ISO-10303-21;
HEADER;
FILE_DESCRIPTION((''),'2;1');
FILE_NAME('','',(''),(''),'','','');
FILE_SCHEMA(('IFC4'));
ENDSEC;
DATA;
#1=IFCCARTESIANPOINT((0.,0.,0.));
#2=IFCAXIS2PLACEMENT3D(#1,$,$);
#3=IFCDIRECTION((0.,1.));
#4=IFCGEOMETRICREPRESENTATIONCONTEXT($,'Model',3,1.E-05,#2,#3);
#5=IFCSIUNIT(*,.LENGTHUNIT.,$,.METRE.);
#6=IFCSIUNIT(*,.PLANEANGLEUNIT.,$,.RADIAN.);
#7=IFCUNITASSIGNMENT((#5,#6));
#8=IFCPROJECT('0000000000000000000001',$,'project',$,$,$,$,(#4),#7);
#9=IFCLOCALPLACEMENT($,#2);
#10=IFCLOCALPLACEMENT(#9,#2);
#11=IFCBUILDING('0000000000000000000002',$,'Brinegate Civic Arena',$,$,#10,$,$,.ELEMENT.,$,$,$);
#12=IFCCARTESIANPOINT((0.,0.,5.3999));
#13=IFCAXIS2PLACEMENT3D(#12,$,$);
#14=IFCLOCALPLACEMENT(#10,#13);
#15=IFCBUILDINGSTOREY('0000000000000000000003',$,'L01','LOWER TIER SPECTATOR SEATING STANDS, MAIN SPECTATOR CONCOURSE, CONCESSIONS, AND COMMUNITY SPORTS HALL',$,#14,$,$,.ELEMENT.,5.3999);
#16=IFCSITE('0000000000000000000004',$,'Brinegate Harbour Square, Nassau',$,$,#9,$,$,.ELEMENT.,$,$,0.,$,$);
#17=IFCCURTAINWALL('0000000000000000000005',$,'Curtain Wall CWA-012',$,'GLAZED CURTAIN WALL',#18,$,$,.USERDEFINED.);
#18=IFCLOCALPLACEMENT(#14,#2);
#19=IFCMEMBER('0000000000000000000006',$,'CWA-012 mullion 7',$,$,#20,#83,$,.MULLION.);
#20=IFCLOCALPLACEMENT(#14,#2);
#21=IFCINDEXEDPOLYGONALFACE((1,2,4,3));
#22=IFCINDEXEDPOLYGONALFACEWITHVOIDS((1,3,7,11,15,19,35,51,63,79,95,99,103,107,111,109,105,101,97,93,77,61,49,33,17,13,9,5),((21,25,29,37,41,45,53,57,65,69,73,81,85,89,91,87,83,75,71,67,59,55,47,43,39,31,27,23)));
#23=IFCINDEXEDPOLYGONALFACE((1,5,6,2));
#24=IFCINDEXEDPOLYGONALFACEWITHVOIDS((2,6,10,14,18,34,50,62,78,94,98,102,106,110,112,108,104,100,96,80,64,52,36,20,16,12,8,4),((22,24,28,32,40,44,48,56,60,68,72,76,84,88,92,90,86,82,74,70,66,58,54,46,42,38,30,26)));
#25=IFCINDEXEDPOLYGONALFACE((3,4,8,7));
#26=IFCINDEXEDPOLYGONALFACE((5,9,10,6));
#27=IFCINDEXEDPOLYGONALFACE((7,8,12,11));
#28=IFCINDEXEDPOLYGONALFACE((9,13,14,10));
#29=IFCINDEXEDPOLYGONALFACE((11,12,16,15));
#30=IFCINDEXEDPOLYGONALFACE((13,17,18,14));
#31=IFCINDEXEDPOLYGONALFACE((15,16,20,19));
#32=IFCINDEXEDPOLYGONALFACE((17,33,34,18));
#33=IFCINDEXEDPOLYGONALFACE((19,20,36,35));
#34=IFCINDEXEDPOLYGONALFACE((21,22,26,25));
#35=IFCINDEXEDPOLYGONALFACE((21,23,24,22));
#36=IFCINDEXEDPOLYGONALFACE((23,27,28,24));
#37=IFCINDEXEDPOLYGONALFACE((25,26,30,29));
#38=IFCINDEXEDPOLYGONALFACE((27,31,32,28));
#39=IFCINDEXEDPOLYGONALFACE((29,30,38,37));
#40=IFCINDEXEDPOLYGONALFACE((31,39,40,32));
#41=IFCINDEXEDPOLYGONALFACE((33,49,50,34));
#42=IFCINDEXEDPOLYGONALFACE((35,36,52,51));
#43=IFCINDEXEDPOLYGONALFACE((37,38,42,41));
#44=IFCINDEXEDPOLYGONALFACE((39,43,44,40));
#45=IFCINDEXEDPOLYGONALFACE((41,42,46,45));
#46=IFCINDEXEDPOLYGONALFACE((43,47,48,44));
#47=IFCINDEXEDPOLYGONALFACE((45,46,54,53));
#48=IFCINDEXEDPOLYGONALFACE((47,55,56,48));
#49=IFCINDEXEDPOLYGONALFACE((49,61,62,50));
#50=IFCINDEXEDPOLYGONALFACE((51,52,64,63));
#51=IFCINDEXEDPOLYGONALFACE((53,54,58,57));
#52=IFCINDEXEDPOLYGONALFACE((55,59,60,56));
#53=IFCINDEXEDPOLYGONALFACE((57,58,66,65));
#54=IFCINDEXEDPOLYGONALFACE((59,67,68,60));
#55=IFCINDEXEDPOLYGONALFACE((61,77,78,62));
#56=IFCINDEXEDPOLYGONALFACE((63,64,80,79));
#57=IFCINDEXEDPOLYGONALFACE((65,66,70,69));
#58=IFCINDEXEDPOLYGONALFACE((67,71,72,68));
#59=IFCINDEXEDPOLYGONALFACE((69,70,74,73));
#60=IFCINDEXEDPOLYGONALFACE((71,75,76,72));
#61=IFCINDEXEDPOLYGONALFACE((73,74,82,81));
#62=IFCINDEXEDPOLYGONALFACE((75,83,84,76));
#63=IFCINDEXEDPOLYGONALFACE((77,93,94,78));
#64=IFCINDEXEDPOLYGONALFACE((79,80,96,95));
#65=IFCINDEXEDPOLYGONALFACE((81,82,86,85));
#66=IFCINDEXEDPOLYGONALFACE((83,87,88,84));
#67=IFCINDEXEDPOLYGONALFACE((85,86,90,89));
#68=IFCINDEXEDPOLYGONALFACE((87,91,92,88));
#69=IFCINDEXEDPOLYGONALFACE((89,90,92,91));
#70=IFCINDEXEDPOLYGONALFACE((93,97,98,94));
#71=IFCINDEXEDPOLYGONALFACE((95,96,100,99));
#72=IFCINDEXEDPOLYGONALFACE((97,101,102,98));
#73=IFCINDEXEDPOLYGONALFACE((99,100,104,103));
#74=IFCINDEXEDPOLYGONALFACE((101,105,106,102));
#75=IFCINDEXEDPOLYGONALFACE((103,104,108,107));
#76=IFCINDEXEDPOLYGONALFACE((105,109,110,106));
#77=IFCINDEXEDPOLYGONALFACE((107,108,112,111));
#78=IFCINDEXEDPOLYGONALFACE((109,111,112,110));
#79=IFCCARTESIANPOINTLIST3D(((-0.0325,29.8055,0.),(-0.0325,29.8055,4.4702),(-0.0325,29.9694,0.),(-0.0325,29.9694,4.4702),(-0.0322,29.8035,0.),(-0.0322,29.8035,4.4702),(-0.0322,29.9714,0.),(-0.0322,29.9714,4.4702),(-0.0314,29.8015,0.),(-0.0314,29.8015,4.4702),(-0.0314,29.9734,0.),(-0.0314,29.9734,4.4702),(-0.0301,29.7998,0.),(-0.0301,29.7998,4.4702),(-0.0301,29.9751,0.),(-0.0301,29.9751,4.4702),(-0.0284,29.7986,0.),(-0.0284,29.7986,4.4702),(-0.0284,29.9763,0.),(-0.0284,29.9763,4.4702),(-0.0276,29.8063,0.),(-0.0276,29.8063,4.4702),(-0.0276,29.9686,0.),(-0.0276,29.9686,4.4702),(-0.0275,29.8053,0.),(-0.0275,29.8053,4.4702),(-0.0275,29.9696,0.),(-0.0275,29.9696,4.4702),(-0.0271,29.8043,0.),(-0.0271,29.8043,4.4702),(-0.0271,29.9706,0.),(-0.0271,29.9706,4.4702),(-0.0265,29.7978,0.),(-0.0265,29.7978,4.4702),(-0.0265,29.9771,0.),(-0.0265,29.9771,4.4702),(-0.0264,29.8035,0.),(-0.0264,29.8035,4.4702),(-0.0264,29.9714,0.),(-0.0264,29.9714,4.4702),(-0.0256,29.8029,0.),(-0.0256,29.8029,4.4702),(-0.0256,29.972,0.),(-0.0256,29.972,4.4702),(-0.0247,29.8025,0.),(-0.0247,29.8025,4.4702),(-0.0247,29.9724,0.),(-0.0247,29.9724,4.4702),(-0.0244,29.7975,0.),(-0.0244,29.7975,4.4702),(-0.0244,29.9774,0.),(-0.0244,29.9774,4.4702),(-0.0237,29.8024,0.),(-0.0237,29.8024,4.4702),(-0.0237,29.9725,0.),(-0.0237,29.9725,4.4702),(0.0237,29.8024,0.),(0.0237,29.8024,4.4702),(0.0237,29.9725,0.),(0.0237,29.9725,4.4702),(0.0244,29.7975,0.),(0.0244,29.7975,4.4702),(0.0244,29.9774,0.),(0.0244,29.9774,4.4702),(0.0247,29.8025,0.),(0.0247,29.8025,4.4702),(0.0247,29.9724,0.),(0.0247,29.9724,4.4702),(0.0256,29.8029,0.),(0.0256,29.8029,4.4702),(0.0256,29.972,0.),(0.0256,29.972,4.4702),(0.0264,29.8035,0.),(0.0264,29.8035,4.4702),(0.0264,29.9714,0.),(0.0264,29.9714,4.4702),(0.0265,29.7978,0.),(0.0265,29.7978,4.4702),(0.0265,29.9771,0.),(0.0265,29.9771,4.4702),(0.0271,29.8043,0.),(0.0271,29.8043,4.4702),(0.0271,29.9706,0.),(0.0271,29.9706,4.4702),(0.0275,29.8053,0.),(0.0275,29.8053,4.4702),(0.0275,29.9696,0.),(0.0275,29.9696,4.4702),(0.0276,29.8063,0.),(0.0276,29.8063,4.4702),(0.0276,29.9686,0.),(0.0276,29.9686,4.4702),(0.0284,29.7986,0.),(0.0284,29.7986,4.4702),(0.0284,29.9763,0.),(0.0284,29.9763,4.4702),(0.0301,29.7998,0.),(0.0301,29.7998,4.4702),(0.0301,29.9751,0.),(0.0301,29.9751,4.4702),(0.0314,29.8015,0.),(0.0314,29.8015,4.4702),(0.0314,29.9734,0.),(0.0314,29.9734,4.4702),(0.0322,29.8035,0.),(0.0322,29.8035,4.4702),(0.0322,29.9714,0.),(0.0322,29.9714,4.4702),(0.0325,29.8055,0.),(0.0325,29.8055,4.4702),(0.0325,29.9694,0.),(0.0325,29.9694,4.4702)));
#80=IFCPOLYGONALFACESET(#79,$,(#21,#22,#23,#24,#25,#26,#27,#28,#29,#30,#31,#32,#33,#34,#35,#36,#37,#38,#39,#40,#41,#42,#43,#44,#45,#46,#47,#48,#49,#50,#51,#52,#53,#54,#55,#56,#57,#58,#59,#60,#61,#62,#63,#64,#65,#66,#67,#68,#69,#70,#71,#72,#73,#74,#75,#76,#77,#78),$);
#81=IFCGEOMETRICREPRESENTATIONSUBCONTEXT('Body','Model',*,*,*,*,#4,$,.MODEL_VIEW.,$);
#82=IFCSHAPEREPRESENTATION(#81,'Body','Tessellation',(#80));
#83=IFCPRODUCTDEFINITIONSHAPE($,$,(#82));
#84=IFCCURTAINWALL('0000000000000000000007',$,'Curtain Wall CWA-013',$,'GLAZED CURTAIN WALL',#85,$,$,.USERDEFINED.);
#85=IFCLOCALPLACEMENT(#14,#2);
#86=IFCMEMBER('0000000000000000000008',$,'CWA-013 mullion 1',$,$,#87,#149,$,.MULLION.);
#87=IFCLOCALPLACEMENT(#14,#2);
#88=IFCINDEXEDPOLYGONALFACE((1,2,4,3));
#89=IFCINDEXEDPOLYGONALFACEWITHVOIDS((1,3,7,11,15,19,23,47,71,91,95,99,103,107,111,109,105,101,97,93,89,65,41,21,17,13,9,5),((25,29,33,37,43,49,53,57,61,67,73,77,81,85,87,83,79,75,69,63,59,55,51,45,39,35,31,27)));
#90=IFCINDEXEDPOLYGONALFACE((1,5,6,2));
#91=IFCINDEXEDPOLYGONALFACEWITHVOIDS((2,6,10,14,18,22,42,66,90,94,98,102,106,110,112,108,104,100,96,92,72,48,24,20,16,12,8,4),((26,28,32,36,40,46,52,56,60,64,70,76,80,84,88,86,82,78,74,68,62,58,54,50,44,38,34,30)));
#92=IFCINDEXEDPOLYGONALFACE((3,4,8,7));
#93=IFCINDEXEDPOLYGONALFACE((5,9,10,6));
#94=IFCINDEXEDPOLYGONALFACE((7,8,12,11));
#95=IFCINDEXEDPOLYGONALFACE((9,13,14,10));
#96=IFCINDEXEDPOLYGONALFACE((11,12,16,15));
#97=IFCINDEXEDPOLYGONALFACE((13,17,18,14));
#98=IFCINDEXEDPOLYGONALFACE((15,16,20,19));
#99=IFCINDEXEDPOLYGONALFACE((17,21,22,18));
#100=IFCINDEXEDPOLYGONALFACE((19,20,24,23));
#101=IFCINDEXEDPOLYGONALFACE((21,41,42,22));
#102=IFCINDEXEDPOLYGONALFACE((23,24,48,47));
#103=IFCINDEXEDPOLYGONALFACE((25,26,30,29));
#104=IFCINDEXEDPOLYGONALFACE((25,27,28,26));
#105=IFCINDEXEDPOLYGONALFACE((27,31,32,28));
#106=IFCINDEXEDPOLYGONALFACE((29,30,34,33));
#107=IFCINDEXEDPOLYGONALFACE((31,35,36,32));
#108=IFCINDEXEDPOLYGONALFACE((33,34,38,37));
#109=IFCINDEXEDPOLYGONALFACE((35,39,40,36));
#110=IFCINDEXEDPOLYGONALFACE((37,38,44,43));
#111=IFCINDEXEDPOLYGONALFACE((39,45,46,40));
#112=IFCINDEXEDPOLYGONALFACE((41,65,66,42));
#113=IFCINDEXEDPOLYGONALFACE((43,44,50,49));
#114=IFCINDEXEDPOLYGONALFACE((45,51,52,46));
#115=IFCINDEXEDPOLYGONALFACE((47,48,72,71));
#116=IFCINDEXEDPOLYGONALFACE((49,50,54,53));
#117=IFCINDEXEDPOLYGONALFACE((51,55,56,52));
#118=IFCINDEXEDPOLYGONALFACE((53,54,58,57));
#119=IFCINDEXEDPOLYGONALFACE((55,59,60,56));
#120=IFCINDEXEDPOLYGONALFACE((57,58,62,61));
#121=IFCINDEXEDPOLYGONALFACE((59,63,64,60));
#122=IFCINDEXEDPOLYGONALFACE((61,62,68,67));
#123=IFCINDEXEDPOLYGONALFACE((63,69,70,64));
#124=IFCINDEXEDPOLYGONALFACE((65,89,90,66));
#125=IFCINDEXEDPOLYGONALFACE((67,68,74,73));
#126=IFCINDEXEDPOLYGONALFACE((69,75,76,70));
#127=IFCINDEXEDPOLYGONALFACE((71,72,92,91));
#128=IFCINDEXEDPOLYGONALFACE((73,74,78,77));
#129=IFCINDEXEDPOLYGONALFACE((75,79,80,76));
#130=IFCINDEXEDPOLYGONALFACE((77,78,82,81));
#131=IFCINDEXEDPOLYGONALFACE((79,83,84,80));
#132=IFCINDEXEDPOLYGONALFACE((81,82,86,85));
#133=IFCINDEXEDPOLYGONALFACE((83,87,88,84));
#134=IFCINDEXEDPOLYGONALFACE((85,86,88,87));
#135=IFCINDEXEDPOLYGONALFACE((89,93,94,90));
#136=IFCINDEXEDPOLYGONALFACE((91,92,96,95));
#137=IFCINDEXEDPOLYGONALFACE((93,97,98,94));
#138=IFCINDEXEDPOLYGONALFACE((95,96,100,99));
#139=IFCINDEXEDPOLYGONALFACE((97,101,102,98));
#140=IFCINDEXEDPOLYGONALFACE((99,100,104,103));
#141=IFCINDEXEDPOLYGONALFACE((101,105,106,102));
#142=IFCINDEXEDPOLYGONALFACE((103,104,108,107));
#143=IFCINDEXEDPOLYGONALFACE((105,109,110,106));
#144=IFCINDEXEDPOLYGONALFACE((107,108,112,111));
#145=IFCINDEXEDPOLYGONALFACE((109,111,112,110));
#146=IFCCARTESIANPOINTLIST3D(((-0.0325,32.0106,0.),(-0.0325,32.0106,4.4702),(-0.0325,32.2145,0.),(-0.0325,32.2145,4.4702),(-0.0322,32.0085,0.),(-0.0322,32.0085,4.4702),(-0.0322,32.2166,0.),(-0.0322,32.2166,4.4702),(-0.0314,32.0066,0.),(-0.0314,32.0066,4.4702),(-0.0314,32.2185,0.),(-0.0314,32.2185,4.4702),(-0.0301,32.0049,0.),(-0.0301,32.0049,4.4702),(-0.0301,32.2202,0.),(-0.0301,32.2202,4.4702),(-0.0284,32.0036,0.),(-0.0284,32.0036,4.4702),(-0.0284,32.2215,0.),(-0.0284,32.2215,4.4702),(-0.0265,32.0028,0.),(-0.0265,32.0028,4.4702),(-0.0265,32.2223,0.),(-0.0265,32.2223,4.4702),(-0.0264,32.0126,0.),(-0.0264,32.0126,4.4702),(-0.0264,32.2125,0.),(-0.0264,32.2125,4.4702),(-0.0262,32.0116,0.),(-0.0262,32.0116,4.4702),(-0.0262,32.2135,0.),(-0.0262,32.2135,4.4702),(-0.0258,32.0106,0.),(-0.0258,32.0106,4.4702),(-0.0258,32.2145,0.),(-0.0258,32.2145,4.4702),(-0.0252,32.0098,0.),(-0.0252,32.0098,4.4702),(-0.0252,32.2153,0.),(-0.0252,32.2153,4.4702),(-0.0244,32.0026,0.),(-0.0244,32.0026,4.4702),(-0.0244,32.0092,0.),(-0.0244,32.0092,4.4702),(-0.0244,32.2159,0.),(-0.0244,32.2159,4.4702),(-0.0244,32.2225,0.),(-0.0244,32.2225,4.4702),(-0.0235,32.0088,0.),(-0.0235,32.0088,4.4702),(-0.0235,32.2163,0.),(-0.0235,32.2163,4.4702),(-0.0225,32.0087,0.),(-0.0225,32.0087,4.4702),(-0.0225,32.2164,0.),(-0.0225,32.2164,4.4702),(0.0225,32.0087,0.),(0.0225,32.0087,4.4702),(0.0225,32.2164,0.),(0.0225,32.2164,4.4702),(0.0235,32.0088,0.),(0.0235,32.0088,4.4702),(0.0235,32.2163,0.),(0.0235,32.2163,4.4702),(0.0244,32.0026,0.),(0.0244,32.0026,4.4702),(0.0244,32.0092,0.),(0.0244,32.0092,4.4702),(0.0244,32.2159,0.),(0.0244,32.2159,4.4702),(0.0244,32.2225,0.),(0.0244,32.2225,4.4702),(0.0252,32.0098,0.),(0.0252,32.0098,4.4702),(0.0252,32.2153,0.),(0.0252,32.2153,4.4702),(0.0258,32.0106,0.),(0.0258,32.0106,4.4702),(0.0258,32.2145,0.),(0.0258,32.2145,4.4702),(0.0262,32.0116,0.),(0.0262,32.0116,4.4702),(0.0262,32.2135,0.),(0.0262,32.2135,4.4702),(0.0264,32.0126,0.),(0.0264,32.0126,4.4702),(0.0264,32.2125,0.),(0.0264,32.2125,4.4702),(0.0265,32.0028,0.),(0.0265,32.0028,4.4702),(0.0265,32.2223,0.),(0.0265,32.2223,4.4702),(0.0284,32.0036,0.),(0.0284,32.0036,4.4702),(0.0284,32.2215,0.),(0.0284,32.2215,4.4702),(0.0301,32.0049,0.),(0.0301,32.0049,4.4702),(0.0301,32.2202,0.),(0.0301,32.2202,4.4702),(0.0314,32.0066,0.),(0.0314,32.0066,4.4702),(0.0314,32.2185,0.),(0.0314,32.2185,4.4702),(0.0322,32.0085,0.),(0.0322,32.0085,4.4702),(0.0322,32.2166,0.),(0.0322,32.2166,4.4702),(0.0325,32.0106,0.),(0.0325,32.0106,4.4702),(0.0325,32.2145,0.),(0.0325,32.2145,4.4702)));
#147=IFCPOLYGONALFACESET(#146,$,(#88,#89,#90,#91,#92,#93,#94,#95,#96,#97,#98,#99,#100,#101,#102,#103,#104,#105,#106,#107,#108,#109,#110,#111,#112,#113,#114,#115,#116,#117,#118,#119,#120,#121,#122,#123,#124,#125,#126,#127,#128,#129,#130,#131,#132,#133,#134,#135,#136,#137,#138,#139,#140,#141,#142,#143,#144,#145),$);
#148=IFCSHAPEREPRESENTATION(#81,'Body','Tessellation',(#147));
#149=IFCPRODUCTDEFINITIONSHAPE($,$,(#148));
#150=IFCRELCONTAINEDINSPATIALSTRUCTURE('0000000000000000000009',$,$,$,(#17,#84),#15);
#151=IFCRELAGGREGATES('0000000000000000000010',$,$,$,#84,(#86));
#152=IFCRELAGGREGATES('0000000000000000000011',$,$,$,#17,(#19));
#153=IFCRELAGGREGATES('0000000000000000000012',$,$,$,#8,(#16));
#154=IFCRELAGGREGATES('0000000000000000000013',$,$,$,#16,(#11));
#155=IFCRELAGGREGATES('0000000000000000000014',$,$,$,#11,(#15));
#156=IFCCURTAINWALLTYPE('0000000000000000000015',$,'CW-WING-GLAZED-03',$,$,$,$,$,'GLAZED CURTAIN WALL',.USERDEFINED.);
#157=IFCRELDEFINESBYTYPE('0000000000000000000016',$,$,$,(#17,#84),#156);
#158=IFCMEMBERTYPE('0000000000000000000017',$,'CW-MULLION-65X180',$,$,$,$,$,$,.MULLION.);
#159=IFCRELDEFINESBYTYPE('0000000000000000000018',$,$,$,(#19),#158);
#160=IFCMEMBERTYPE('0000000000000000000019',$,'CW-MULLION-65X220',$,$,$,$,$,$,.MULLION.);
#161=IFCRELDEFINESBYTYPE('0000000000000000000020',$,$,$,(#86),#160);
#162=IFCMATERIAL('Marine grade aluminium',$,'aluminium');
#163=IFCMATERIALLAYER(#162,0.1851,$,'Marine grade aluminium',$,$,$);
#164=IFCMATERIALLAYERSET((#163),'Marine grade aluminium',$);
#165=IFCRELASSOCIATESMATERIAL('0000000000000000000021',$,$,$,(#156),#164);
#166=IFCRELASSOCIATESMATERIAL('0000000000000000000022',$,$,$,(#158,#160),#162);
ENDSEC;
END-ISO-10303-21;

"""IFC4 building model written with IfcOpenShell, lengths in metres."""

from ifc_helpers import new_model, si_unit, direction, frame, origin, origin_2d, place, context, subcontext, project, spatial, hollow_rectangle, extrude, material, layer, layer_set, material_profile, profile_set, type_object, element, aggregate, save


model = new_model("IFC4")

# Units and contexts
model_context = context("Model", 3, precision=1e-05, world=origin(), true_north=direction((0.0, 1.0)))
body_context = subcontext(model_context, "Body", "Model", "MODEL_VIEW")
ifc_project = project(units=[si_unit("LENGTHUNIT", "METRE"), si_unit("PLANEANGLEUNIT", "RADIAN")], contexts=[model_context])

# Site, building, storey
site_placement = place(None, origin())
site = spatial("IfcSite", under=ifc_project, at=site_placement, Name="Brinegate Harbour Square, Nassau", CompositionType="ELEMENT", RefElevation=0.0)
building_placement = place(site_placement, origin())
building = spatial("IfcBuilding", under=site, at=building_placement, Name="Brinegate Civic Arena", CompositionType="ELEMENT")
storey_placement = place(building_placement, frame((0.0, 0.0, 5.3999)))
storey = spatial("IfcBuildingStorey", under=building, at=storey_placement, Name="L01", Description="LOWER TIER SPECTATOR SEATING STANDS, MAIN SPECTATOR CONCOURSE, CONCESSIONS, AND COMMUNITY SPORTS HALL", CompositionType="ELEMENT", Elevation=5.3999)

# Curtain wall, member
ifc_material_1 = material(Name="Marine grade aluminium", Category="aluminium")
ifc_layer_1 = layer(ifc_material_1, 0.1851, Name="Marine grade aluminium")
ifc_layer_set_1 = layer_set([ifc_layer_1], Name="Marine grade aluminium")
curtain_wall_type = type_object("IfcCurtainWallType", Name="CW-WING-GLAZED-03", ElementType="GLAZED CURTAIN WALL", PredefinedType="USERDEFINED", material=ifc_layer_set_1)
curtain_wall_1_placement = place(storey_placement, origin())
curtain_wall_1 = element("IfcCurtainWall", 1, at=curtain_wall_1_placement, inside=storey, type_object=curtain_wall_type, Name="Curtain Wall CWA-012", ObjectType="GLAZED CURTAIN WALL", PredefinedType="USERDEFINED")
ifc_material_profile_1 = material_profile(ifc_material_1, hollow_rectangle(XDim=0.0649, YDim=0.1799, WallThickness=0.0049, InnerFilletRadius=0.0039, OuterFilletRadius=0.0081, at=origin_2d()), Name="MUL65X180")
ifc_profile_set_1 = profile_set([ifc_material_profile_1], Name="Marine grade aluminium")
member_type_1 = type_object("IfcMemberType", Name="CW-MULLION-65X180", PredefinedType="MULLION", material=ifc_profile_set_1)
member_1_placement = place(storey_placement, frame((0.0, 29.8875, 0.0), z_axis=(0.0, 0.0, 1.0), x_axis=(-1.0, 0.0, 0.0)))
member_1 = element("IfcMember", 2, at=member_1_placement, type_object=member_type_1, Name="CWA-012 mullion 7", PredefinedType="MULLION", context=body_context, shape_type="SweptSolid", body=[
    extrude(hollow_rectangle(XDim=0.0649, YDim=0.1799, WallThickness=0.0049, InnerFilletRadius=0.0039, OuterFilletRadius=0.0081, at=origin_2d()), origin(), (0.0, 0.0, 1.0), 4.4702),
])

# Curtain wall, member
curtain_wall_2_placement = place(storey_placement, origin())
curtain_wall_2 = element("IfcCurtainWall", 3, at=curtain_wall_2_placement, inside=storey, type_object=curtain_wall_type, Name="Curtain Wall CWA-013", ObjectType="GLAZED CURTAIN WALL", PredefinedType="USERDEFINED")
ifc_material_profile_2 = material_profile(ifc_material_1, hollow_rectangle(XDim=0.0649, YDim=0.22, WallThickness=0.0061, InnerFilletRadius=0.0039, OuterFilletRadius=0.0081, at=origin_2d()), Name="MUL65X220")
ifc_profile_set_2 = profile_set([ifc_material_profile_2], Name="Marine grade aluminium")
member_type_2 = type_object("IfcMemberType", Name="CW-MULLION-65X220", PredefinedType="MULLION", material=ifc_profile_set_2)
member_2_placement = place(storey_placement, frame((0.0, 32.1125, 0.0), z_axis=(0.0, 0.0, 1.0), x_axis=(-1.0, 0.0, 0.0)))
member_2 = element("IfcMember", 4, at=member_2_placement, type_object=member_type_2, Name="CWA-013 mullion 1", PredefinedType="MULLION", context=body_context, shape_type="SweptSolid", body=[
    extrude(hollow_rectangle(XDim=0.0649, YDim=0.22, WallThickness=0.0061, InnerFilletRadius=0.0039, OuterFilletRadius=0.0081, at=origin_2d()), origin(), (0.0, 0.0, 1.0), 4.4702),
])

aggregate(curtain_wall_2, [member_2])

aggregate(curtain_wall_1, [member_1])

save(model, "model.ifc")
